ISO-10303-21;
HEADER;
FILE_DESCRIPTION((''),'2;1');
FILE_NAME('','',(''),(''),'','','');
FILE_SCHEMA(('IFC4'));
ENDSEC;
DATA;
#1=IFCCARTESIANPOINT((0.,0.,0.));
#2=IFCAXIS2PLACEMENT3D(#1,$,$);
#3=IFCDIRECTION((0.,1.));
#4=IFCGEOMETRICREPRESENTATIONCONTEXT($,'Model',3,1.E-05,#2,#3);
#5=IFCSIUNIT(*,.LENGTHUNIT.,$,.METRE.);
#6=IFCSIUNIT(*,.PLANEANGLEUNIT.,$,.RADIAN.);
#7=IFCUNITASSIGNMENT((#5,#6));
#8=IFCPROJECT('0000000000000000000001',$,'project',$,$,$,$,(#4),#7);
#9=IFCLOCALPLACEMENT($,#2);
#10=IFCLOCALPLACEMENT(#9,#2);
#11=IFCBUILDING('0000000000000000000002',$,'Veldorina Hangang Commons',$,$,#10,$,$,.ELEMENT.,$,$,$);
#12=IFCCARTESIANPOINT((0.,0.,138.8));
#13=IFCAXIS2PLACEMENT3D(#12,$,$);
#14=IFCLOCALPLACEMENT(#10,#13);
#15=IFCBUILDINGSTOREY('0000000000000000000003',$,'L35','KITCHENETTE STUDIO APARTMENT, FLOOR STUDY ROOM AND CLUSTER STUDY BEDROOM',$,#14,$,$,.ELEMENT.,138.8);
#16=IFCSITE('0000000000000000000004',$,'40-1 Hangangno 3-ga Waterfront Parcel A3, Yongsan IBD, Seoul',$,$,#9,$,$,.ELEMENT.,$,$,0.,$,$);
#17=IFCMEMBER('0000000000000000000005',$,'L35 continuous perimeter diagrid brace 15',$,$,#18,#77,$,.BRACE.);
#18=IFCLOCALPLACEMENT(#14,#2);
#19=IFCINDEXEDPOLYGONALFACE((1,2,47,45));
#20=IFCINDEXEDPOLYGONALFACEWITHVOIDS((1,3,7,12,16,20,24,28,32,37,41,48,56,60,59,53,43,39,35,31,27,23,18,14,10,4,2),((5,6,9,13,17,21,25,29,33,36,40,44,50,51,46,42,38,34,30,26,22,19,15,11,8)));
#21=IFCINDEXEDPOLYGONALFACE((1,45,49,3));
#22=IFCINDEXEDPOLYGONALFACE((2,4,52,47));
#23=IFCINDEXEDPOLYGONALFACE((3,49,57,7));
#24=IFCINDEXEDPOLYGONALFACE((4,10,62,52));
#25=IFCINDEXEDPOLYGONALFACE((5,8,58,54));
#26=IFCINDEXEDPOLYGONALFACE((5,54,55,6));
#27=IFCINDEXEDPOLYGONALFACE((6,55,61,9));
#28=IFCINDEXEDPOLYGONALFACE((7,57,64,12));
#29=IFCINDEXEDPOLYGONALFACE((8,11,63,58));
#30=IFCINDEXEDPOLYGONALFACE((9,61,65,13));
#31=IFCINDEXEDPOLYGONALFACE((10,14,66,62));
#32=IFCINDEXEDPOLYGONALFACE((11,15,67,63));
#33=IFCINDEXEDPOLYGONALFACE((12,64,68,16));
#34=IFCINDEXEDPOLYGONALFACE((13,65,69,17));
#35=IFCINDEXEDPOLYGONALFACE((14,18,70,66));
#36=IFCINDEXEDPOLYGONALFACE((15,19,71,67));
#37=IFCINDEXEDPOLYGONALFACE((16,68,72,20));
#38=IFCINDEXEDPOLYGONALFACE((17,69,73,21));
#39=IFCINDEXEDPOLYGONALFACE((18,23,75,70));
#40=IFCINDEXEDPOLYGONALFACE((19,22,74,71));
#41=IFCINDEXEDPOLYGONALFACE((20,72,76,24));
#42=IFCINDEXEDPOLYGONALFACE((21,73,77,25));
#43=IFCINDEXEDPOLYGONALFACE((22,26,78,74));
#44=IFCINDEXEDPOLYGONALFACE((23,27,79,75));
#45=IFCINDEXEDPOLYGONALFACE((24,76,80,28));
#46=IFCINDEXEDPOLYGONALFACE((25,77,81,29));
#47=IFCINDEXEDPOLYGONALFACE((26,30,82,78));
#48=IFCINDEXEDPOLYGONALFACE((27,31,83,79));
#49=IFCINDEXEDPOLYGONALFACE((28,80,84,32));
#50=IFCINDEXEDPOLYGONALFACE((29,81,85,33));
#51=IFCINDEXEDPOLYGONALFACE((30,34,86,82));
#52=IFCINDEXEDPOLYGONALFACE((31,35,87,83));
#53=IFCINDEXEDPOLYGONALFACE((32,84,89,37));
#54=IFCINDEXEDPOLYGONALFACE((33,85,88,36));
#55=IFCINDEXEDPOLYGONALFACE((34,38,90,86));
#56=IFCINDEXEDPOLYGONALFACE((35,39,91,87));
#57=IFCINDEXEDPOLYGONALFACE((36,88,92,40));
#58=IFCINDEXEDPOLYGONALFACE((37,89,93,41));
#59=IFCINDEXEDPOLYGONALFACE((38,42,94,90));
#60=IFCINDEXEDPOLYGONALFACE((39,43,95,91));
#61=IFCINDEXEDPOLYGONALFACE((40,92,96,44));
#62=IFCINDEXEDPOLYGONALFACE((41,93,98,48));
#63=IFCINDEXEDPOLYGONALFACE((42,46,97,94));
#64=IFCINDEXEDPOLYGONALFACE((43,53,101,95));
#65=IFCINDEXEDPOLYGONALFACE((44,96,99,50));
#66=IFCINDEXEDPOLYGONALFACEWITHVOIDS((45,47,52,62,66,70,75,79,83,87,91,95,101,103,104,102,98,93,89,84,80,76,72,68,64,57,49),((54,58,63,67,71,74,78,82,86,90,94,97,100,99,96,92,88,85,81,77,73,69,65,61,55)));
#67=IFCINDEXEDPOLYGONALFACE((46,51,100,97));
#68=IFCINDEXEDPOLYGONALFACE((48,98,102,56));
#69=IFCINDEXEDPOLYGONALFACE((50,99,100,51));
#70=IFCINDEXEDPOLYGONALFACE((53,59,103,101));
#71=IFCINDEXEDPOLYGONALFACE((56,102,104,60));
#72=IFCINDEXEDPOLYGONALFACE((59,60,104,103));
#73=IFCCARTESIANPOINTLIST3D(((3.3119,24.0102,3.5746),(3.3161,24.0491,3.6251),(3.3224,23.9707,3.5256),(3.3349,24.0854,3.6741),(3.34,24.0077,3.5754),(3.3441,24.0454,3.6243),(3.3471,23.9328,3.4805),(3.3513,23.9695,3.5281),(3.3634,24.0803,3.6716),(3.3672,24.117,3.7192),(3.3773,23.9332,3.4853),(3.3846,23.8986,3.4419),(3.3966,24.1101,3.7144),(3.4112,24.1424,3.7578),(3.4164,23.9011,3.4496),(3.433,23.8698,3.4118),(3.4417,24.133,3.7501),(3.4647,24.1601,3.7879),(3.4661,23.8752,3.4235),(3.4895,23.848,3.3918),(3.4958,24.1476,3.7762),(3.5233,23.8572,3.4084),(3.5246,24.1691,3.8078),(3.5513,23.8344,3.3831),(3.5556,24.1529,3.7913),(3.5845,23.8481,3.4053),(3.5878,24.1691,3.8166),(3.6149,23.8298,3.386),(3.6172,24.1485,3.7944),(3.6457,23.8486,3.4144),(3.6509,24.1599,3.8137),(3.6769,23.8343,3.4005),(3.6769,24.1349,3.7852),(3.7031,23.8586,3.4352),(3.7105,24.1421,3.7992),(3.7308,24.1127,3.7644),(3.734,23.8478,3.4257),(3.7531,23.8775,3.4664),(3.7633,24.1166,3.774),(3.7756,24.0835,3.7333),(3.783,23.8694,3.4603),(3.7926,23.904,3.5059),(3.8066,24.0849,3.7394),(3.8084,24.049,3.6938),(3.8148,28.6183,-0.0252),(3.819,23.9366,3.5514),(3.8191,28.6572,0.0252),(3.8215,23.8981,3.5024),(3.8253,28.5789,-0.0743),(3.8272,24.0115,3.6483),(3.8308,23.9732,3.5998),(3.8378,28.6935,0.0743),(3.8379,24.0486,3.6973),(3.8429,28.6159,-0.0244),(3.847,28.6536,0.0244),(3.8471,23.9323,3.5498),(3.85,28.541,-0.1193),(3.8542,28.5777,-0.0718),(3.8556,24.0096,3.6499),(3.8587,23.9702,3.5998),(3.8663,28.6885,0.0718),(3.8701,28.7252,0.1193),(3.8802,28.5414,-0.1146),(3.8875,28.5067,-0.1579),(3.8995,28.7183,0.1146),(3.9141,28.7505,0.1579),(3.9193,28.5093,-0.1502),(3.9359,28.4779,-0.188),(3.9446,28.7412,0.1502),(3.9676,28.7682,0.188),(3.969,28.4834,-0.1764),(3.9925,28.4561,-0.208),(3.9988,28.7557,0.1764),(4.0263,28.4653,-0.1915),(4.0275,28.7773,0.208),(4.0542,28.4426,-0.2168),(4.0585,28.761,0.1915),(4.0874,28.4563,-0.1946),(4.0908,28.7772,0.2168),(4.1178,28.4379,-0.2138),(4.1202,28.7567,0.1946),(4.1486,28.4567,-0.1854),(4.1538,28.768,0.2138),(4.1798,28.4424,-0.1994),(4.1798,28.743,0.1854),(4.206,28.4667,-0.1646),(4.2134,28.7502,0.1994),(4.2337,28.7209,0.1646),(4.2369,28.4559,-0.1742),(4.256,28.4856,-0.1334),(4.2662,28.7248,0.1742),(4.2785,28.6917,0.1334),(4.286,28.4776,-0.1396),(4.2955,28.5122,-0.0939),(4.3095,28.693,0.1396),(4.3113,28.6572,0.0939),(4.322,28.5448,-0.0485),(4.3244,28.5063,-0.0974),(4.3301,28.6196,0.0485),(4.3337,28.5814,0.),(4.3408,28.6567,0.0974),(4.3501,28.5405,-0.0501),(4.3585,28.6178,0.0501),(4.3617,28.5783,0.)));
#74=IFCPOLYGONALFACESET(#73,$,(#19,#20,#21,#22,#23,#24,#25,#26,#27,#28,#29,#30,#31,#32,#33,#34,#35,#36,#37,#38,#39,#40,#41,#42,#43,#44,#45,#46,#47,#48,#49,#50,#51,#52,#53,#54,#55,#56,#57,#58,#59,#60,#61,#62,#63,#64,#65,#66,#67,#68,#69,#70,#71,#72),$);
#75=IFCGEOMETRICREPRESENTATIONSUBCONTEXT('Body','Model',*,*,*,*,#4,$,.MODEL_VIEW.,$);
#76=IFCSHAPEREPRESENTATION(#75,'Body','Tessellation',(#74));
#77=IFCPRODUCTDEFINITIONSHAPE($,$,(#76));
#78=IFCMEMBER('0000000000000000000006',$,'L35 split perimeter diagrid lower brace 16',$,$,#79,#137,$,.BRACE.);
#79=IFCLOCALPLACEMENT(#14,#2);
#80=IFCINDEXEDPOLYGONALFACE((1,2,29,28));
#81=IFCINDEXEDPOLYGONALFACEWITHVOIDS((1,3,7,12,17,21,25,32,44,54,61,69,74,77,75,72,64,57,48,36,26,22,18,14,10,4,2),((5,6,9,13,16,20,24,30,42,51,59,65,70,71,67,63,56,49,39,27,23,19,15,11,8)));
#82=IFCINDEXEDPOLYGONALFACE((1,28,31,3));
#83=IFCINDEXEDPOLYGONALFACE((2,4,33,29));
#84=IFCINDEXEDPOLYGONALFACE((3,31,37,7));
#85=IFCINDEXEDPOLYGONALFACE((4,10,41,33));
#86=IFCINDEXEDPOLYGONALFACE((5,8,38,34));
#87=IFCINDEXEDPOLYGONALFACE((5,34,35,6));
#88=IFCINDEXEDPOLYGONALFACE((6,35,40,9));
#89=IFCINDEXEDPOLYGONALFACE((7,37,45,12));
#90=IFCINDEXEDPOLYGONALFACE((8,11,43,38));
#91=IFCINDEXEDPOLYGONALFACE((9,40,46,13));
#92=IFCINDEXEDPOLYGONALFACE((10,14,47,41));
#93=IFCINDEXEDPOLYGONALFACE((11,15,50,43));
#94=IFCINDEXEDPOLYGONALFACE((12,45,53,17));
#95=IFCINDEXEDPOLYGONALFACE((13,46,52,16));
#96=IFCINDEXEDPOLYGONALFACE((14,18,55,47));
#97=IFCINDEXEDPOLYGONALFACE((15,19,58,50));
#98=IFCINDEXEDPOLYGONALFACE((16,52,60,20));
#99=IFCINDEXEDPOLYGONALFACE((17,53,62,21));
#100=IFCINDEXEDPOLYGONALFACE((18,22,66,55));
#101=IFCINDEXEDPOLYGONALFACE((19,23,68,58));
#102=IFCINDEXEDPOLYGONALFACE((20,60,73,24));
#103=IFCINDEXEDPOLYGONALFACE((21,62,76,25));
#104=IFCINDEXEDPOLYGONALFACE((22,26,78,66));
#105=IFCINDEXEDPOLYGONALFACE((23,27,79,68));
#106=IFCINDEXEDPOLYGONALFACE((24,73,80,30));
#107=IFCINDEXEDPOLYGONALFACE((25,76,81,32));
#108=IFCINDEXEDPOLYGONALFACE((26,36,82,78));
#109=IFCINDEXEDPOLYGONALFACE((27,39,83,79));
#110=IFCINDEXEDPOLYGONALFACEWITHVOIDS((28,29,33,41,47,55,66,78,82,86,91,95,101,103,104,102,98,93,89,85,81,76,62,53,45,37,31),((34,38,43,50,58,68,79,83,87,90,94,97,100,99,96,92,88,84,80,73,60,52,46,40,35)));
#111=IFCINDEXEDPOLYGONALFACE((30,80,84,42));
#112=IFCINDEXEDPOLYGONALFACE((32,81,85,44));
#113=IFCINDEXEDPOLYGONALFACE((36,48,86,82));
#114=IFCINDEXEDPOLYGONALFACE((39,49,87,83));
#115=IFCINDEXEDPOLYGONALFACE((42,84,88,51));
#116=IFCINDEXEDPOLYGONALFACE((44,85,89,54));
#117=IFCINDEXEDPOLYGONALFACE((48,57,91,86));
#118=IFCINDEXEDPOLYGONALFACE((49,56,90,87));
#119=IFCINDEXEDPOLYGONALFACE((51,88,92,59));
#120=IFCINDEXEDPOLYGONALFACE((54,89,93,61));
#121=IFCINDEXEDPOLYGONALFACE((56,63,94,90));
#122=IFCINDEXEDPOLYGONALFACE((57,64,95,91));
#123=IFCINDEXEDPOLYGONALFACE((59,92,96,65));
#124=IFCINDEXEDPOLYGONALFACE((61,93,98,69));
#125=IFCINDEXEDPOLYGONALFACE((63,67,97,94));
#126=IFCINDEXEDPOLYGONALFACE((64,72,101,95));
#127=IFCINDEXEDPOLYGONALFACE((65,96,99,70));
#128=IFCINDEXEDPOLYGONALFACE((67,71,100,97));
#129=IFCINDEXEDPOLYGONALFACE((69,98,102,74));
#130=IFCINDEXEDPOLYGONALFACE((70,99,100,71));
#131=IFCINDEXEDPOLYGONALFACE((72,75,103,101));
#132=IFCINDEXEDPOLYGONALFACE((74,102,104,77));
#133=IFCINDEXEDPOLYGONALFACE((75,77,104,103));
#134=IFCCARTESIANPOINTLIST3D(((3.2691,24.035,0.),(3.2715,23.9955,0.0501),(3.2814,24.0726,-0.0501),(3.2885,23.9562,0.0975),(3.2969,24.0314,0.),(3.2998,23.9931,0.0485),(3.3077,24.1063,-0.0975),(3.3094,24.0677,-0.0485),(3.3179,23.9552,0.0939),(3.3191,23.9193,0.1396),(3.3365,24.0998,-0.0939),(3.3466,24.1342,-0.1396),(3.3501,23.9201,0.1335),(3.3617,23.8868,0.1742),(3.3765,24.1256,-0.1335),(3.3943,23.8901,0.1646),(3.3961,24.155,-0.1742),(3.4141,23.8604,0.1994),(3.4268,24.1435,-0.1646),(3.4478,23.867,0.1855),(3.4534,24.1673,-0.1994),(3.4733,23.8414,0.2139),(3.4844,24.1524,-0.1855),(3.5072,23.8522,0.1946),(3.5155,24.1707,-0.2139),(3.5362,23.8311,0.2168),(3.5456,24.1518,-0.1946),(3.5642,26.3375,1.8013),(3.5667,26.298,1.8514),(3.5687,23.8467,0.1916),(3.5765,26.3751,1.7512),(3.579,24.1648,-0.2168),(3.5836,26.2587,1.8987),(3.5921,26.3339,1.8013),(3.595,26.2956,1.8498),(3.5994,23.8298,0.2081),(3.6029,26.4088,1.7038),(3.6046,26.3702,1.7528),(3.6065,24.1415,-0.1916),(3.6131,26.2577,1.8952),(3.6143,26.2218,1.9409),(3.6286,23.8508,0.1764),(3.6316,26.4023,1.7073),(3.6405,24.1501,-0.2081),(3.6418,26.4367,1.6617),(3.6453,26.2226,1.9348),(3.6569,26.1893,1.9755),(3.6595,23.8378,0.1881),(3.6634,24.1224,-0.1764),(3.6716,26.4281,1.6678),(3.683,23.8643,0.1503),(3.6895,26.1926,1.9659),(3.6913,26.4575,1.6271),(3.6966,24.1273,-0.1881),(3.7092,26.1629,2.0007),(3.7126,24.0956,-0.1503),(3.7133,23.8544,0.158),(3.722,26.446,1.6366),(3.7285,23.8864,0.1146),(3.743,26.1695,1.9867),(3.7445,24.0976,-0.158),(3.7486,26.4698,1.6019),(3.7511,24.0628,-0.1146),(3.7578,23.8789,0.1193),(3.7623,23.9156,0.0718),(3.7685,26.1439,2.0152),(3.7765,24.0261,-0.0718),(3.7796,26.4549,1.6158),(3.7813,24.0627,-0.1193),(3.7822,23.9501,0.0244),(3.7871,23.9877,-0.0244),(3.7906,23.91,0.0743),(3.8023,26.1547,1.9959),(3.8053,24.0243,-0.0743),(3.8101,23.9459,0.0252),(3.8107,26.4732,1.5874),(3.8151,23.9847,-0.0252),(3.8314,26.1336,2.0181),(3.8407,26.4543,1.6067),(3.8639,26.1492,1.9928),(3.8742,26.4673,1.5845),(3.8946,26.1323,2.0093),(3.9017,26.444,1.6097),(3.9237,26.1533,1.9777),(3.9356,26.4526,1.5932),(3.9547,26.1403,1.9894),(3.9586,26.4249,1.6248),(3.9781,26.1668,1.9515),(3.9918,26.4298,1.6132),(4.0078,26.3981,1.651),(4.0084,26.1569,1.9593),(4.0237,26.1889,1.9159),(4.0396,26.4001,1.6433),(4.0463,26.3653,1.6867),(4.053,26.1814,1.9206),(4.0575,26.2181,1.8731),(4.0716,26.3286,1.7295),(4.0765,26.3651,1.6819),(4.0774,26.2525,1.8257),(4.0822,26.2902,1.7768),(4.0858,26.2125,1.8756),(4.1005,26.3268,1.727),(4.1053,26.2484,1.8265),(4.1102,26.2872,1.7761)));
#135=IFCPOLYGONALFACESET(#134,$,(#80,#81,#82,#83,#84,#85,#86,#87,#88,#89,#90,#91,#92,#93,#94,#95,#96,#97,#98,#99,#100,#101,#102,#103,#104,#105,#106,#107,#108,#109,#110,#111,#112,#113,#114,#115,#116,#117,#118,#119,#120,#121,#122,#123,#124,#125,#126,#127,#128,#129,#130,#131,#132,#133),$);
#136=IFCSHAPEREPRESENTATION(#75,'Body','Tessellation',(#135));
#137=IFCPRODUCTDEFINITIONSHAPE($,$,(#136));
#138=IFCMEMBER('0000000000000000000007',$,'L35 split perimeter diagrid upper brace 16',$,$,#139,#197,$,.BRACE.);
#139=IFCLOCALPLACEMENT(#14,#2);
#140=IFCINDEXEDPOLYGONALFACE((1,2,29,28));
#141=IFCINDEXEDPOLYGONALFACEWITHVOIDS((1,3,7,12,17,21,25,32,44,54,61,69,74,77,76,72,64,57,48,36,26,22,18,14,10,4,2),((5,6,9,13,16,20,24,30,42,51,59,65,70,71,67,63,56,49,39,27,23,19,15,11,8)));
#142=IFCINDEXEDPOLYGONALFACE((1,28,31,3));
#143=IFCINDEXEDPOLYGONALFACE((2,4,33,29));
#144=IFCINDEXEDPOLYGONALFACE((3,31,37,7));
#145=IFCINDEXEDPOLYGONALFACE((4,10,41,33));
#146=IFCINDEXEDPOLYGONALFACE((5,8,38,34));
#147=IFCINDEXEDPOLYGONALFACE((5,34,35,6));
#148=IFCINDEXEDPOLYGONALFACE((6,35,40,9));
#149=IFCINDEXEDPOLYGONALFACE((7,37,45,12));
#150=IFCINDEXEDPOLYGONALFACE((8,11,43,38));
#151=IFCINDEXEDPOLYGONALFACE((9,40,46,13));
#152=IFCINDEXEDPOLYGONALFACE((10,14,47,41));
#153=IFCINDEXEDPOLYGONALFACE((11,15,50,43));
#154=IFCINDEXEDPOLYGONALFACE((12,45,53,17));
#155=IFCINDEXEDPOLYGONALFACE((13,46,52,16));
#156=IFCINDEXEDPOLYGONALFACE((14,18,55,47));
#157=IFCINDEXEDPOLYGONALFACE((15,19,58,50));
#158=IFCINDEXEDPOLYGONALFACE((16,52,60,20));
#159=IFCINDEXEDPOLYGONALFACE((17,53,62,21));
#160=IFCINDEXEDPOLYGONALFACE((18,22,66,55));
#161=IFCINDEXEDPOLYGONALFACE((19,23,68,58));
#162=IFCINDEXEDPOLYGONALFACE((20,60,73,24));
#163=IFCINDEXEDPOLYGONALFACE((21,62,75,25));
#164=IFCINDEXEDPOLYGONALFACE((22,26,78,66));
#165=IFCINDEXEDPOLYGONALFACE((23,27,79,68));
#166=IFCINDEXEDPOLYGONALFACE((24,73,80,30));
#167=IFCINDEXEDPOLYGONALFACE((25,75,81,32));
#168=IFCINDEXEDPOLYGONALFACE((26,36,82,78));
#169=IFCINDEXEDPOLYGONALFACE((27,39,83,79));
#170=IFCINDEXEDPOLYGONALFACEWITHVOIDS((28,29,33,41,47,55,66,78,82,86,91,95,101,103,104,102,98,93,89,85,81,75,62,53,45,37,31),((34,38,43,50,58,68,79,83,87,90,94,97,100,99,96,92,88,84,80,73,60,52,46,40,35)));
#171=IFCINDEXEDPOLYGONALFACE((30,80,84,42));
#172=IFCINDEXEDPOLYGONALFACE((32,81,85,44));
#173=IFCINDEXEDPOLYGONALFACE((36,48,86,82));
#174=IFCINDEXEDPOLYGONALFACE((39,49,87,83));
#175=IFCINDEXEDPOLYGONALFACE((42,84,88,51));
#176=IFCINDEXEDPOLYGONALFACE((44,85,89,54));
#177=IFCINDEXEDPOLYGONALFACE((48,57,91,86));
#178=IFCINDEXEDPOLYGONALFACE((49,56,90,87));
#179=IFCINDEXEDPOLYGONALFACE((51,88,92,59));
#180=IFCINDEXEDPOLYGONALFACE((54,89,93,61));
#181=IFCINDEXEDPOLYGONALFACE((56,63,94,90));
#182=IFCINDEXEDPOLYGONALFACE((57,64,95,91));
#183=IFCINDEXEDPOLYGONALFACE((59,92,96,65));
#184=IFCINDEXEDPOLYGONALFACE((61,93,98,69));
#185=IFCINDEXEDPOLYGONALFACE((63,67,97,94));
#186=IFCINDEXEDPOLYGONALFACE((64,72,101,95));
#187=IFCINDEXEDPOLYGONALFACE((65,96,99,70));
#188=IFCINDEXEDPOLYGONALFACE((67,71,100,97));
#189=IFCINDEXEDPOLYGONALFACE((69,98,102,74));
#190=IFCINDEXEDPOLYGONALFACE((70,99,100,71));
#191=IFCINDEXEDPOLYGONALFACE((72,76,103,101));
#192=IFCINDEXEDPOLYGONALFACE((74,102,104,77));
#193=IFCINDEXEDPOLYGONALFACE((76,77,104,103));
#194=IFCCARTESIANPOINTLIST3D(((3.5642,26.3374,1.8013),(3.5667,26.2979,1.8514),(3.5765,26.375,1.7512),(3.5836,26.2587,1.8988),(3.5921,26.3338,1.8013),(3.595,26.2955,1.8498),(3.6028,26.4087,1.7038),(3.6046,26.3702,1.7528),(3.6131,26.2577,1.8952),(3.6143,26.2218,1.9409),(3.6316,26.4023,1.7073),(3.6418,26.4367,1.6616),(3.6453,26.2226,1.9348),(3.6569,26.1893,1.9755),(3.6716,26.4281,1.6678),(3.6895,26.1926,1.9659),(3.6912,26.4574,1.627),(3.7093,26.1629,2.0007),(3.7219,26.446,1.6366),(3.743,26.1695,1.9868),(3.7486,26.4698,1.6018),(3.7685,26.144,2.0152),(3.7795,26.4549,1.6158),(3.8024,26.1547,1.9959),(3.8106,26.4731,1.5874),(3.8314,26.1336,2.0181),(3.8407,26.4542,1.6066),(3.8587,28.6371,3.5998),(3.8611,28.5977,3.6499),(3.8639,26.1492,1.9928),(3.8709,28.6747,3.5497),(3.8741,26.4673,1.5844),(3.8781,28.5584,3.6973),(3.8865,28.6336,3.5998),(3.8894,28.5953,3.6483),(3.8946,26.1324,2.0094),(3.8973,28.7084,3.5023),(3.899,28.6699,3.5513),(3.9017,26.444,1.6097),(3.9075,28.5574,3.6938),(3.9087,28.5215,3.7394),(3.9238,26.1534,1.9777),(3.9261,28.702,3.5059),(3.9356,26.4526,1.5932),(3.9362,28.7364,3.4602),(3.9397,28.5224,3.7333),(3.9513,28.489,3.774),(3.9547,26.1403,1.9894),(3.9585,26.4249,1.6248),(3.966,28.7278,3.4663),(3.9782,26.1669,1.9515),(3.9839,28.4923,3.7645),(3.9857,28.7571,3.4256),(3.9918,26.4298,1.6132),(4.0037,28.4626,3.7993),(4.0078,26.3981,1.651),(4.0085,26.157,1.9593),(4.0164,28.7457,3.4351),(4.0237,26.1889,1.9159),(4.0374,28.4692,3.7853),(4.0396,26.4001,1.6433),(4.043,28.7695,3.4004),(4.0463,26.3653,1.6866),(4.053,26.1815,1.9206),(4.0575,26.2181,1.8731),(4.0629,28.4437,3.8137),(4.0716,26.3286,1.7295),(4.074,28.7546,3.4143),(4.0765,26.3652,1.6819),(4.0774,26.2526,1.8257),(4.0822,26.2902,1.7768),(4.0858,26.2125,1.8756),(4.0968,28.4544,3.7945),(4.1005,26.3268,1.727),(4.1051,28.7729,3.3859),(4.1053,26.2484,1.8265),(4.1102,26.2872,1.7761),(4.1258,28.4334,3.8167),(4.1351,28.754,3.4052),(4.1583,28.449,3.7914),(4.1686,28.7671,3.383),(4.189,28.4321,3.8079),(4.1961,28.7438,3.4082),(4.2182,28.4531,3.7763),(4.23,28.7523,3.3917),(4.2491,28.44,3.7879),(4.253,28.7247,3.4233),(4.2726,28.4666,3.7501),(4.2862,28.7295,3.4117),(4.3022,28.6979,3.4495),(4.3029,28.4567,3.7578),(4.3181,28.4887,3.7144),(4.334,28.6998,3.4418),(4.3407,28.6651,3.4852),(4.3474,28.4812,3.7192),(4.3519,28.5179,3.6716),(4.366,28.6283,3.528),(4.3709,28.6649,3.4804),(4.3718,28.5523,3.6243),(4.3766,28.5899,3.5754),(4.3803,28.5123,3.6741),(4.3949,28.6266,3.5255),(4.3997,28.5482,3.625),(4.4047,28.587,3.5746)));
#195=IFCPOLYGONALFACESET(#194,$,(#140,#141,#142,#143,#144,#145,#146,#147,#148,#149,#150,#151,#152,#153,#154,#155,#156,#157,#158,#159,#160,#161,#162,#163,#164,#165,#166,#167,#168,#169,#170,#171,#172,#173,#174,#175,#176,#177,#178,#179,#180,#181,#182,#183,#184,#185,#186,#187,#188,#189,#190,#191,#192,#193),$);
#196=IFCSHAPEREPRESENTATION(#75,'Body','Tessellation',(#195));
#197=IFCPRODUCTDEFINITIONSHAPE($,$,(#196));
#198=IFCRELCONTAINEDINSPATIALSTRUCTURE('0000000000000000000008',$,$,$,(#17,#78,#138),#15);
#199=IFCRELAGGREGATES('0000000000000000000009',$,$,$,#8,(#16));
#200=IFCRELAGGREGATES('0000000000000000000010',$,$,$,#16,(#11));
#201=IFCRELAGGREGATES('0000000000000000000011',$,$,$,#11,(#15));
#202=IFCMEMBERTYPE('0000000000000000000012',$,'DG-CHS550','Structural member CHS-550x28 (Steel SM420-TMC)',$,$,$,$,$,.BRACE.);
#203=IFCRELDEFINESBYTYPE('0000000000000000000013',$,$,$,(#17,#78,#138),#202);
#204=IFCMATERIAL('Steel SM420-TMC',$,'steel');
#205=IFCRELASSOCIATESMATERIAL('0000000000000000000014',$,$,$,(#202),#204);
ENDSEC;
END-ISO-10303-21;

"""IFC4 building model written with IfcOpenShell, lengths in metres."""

from ifc_helpers import new_model, si_unit, direction, frame, origin, origin_2d, place, context, subcontext, project, spatial, hollow_circle, extrude, material, material_profile, profile_set, type_object, element, save


model = new_model("IFC4")

# Units and contexts
model_context = context("Model", 3, precision=1e-05, world=origin(), true_north=direction((0.0, 1.0)))
body_context = subcontext(model_context, "Body", "Model", "MODEL_VIEW")
ifc_project = project(units=[si_unit("LENGTHUNIT", "METRE"), si_unit("PLANEANGLEUNIT", "RADIAN")], contexts=[model_context])

# Site, building, storey
site_placement = place(None, origin())
site = spatial("IfcSite", under=ifc_project, at=site_placement, Name="40-1 Hangangno 3-ga Waterfront Parcel A3, Yongsan IBD, Seoul", CompositionType="ELEMENT", RefElevation=0.0)
building_placement = place(site_placement, origin())
building = spatial("IfcBuilding", under=site, at=building_placement, Name="Veldorina Hangang Commons", CompositionType="ELEMENT")
storey_placement = place(building_placement, frame((0.0, 0.0, 138.8)))
storey = spatial("IfcBuildingStorey", under=building, at=storey_placement, Name="L35", Description="KITCHENETTE STUDIO APARTMENT, FLOOR STUDY ROOM AND CLUSTER STUDY BEDROOM", CompositionType="ELEMENT", Elevation=138.8)

# Shared definitions
ifc_material_1 = material(Name="Steel SM420-TMC", Category="steel")

# Members
ifc_material_profile_1 = material_profile(ifc_material_1, hollow_circle(Radius=0.2749, WallThickness=0.0281, at=origin_2d()), Name="CHS-550x28")
ifc_profile_set_1 = profile_set([ifc_material_profile_1], Name="Steel SM420-TMC")
member_type = type_object("IfcMemberType", Name="DG-CHS550", Description="Structural member CHS-550x28 (Steel SM420-TMC)", PredefinedType="BRACE", material=ifc_profile_set_1)
member_1_placement = place(storey_placement, frame((4.0884, 28.6082, 0.0), z_axis=(-0.08569, -0.785148, 0.613351), x_axis=(0.994097, -0.108495, 0.0)))
element("IfcMember", 1, at=member_1_placement, inside=storey, type_object=member_type, Name="L35 continuous perimeter diagrid brace 15", PredefinedType="BRACE", context=body_context, shape_type="SweptSolid", body=[
    extrude(hollow_circle(Radius=0.2749, WallThickness=0.0281, at=origin_2d()), origin(), (0.0, 0.0, 1.0), 5.8691),
])
member_2_placement = place(storey_placement, frame((3.5417, 24.0, 0.0), z_axis=(0.100457, 0.783634, 0.613047), x_axis=(-0.991883, 0.127154, 0.0)))
element("IfcMember", 2, at=member_2_placement, inside=storey, type_object=member_type, Name="L35 split perimeter diagrid lower brace 16", PredefinedType="BRACE", context=body_context, shape_type="SweptSolid", body=[
    extrude(hollow_circle(Radius=0.2749, WallThickness=0.0281, at=origin_2d()), origin(), (0.0, 0.0, 1.0), 2.9382),
])
member_3_placement = place(storey_placement, frame((3.8369, 26.3025, 1.8013), z_axis=(0.100339, 0.78374, 0.612931), x_axis=(-0.991904, 0.126989, 0.0)))
element("IfcMember", 3, at=member_3_placement, inside=storey, type_object=member_type, Name="L35 split perimeter diagrid upper brace 16", PredefinedType="BRACE", context=body_context, shape_type="SweptSolid", body=[
    extrude(hollow_circle(Radius=0.2749, WallThickness=0.0281, at=origin_2d()), origin(), (0.0, 0.0, 1.0), 2.9343),
])

save(model, "model.ifc")
